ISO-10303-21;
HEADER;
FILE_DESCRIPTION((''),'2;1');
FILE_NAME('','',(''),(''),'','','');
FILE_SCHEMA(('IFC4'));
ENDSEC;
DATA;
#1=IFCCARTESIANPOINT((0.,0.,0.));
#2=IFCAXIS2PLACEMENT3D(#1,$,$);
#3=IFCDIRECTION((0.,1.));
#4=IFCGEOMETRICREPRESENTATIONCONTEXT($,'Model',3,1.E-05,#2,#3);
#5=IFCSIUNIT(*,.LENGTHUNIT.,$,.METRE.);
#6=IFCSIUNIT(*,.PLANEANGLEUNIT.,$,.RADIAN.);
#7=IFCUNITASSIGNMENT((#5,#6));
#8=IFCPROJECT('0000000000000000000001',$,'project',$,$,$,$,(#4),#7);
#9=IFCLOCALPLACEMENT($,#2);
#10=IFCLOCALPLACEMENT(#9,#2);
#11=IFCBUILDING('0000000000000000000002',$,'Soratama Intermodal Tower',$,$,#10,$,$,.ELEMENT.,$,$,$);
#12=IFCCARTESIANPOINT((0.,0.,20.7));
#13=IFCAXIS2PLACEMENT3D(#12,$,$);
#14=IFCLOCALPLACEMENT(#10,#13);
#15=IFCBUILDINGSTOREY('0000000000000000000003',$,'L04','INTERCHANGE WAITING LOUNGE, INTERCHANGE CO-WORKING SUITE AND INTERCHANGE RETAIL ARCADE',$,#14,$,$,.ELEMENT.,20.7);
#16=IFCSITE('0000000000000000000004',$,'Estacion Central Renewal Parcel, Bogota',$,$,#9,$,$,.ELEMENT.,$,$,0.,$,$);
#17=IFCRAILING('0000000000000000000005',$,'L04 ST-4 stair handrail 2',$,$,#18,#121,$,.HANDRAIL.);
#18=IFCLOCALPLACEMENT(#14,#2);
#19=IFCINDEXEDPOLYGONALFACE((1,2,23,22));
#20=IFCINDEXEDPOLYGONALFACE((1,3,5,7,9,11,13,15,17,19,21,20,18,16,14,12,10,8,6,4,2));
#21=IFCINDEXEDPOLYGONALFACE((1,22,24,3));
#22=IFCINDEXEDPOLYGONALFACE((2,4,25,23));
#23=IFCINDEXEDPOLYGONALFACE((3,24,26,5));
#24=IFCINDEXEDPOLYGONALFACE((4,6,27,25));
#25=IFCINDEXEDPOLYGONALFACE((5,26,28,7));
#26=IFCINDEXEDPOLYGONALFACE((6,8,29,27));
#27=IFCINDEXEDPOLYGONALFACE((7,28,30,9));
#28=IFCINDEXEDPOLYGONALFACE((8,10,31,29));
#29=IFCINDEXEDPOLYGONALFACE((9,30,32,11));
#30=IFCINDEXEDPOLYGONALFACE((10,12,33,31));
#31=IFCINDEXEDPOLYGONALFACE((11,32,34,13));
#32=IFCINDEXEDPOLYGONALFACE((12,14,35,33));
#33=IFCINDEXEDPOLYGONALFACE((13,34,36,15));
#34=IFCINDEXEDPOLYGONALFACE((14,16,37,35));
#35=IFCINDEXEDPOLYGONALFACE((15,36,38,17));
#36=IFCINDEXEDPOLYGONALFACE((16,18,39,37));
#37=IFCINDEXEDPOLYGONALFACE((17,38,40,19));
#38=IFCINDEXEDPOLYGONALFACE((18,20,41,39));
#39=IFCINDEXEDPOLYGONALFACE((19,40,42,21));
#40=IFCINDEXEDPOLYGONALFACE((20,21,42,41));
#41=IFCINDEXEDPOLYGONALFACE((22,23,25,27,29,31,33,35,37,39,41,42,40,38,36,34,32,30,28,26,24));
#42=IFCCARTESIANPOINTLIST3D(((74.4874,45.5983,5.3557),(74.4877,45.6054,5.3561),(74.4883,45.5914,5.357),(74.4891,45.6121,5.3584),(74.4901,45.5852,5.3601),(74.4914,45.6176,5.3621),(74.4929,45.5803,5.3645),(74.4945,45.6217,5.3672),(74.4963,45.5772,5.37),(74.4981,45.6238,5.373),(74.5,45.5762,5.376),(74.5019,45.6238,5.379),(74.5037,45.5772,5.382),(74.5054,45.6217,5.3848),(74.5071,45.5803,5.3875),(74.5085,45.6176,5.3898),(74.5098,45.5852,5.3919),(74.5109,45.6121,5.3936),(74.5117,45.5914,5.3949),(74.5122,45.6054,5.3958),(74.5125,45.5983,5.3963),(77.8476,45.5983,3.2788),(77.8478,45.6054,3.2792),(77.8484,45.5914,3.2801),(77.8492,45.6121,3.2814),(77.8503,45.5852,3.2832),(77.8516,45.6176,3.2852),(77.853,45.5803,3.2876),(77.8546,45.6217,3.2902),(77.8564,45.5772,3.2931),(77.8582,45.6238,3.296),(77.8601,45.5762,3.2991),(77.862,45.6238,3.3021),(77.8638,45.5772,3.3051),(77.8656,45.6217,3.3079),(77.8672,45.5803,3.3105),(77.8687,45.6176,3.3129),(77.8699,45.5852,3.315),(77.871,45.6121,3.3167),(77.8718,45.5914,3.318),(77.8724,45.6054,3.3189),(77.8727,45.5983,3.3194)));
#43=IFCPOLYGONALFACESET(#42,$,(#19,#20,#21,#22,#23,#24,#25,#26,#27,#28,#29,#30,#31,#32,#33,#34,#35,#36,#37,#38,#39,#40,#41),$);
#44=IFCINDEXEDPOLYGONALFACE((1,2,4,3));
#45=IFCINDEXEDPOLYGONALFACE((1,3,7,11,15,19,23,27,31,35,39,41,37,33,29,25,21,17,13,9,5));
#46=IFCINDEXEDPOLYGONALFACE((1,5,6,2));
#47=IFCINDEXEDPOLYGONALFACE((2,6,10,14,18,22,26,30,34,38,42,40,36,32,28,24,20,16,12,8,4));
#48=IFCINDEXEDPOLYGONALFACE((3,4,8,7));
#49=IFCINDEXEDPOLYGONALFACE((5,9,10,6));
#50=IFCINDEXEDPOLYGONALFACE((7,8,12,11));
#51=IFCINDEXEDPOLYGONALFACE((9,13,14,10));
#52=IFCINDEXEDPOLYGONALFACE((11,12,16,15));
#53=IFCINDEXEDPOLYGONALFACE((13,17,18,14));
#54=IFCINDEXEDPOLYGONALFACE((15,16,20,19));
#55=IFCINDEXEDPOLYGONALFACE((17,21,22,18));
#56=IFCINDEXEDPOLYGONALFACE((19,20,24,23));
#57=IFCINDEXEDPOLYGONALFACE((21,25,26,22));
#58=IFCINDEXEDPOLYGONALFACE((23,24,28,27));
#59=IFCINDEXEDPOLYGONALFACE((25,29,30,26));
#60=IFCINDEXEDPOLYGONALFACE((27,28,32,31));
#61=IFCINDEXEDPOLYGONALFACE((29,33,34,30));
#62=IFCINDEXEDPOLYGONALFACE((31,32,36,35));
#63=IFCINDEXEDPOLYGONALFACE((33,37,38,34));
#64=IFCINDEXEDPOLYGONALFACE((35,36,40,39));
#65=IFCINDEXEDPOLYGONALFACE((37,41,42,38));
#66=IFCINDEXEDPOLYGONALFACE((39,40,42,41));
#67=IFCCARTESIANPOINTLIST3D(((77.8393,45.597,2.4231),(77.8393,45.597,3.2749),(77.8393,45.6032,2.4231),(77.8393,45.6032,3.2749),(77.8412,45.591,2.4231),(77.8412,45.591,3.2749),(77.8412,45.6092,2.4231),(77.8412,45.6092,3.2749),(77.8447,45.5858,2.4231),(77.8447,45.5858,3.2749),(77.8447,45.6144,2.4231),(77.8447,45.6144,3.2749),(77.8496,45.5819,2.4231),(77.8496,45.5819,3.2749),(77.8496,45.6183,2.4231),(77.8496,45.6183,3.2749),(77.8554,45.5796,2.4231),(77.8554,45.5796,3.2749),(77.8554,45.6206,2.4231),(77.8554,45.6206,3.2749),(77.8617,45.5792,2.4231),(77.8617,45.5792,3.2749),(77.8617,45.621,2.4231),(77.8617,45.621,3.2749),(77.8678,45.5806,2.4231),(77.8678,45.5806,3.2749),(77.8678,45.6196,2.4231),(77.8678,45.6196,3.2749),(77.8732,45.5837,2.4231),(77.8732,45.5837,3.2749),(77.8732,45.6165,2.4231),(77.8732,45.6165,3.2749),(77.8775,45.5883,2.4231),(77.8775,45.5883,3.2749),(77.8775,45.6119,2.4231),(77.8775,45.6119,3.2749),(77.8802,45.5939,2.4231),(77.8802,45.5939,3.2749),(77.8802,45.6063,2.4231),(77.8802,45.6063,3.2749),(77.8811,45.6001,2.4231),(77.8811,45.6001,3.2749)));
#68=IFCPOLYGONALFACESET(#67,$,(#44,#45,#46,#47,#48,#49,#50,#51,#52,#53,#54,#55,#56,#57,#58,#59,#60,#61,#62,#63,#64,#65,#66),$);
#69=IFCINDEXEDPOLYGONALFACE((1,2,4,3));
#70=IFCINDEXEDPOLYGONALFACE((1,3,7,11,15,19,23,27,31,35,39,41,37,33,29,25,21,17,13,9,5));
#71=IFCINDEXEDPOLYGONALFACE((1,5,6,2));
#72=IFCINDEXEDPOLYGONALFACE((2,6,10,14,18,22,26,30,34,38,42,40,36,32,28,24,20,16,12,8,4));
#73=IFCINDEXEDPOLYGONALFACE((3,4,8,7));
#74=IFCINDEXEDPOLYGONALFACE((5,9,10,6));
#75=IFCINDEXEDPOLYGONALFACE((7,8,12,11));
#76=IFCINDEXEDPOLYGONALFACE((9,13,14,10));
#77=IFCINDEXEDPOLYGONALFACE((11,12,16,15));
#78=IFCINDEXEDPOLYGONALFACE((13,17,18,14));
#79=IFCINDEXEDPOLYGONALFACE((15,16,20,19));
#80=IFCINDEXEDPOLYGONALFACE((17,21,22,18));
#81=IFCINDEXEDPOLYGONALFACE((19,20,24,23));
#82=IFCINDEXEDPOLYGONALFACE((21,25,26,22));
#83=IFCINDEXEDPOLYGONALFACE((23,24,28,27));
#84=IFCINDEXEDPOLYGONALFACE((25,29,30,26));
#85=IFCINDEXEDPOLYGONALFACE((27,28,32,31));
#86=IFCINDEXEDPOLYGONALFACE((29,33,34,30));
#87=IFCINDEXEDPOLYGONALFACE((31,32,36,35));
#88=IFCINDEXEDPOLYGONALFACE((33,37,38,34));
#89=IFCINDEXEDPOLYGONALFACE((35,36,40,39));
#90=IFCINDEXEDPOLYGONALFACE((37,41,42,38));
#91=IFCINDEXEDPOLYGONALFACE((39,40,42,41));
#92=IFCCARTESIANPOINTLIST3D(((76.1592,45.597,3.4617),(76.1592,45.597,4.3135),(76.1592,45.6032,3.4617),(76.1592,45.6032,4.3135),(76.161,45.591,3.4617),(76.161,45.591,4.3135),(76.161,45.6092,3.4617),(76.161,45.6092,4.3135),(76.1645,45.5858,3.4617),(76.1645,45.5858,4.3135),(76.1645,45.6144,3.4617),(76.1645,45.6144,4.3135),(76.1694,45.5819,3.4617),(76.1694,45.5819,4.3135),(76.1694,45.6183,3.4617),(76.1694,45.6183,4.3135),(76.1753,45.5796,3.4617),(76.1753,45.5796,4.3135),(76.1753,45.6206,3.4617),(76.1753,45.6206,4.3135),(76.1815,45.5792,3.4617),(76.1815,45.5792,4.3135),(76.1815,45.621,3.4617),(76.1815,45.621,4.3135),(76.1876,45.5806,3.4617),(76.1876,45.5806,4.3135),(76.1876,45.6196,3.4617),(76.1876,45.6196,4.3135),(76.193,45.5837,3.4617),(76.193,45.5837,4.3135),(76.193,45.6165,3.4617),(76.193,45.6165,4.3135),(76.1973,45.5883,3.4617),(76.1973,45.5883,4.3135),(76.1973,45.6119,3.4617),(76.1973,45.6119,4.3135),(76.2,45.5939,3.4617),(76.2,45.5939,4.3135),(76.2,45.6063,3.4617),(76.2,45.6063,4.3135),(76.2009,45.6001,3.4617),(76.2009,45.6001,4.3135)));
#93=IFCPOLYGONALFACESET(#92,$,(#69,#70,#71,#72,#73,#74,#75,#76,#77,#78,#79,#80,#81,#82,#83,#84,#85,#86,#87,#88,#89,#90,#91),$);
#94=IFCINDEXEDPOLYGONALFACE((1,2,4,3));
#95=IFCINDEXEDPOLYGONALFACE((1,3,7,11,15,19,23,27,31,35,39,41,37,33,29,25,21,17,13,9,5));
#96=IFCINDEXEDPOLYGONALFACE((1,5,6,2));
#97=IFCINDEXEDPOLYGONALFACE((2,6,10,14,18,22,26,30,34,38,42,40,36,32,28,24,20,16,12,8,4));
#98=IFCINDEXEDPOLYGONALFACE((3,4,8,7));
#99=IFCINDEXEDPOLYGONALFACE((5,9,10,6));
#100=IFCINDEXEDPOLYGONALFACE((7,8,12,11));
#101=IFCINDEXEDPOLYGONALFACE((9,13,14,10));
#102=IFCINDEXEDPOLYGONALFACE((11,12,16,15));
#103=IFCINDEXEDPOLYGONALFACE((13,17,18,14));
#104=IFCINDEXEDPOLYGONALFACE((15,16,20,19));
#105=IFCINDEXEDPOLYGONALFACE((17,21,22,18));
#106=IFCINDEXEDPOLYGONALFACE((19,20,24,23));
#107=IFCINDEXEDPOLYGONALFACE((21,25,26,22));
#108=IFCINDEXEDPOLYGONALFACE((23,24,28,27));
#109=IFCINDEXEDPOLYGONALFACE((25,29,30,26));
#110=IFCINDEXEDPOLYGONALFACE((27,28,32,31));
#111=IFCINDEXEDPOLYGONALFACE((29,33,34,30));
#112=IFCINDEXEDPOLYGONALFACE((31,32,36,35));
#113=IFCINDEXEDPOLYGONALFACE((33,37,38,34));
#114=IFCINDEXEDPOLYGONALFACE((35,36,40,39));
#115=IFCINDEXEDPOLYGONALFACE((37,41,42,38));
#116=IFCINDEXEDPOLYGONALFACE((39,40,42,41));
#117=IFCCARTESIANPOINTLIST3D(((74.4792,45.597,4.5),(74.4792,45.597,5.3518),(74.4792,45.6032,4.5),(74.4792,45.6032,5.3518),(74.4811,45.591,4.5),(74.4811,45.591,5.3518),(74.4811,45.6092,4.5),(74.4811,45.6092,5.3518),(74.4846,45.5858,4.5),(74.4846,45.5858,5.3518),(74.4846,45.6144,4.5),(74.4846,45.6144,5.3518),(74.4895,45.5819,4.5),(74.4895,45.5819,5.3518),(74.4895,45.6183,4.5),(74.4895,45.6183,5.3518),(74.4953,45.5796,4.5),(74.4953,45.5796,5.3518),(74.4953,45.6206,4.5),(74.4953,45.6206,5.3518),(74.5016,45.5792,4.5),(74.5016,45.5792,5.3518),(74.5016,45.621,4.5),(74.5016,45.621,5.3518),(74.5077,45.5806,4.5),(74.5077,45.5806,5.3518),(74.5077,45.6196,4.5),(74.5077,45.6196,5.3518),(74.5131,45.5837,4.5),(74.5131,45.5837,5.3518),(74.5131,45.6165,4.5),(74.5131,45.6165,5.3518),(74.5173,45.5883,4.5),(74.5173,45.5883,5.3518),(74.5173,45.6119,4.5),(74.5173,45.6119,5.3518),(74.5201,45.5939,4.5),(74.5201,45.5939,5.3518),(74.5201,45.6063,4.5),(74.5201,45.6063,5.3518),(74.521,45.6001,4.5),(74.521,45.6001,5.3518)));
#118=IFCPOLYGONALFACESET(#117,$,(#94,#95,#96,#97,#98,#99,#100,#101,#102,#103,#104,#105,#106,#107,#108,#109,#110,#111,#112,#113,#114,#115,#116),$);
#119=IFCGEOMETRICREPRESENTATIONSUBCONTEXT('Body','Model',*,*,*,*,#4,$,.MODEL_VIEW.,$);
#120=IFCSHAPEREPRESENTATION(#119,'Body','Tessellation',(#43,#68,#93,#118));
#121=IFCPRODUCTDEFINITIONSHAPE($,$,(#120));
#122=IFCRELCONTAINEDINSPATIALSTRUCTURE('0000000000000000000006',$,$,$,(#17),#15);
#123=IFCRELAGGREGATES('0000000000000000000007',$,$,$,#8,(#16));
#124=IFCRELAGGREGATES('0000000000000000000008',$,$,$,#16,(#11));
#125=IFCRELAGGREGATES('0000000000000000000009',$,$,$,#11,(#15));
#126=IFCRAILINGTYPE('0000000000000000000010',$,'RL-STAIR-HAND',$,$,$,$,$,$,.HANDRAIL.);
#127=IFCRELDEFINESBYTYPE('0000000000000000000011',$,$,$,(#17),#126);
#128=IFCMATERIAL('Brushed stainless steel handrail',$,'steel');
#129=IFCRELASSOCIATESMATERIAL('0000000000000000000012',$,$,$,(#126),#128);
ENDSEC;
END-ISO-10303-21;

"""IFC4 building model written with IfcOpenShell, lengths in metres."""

from ifc_helpers import new_model, si_unit, direction, frame, origin, origin_2d, place, context, subcontext, project, spatial, circle, extrude, material, type_object, element, save


model = new_model("IFC4")

# Units and contexts
model_context = context("Model", 3, precision=1e-05, world=origin(), true_north=direction((0.0, 1.0)))
body_context = subcontext(model_context, "Body", "Model", "MODEL_VIEW")
ifc_project = project(units=[si_unit("LENGTHUNIT", "METRE"), si_unit("PLANEANGLEUNIT", "RADIAN")], contexts=[model_context])

# Site, building, storey
site_placement = place(None, origin())
site = spatial("IfcSite", under=ifc_project, at=site_placement, Name="Estacion Central Renewal Parcel, Bogota", CompositionType="ELEMENT", RefElevation=0.0)
building_placement = place(site_placement, origin())
building = spatial("IfcBuilding", under=site, at=building_placement, Name="Soratama Intermodal Tower", CompositionType="ELEMENT")
storey_placement = place(building_placement, frame((0.0, 0.0, 20.7)))
storey = spatial("IfcBuildingStorey", under=building, at=storey_placement, Name="L04", Description="INTERCHANGE WAITING LOUNGE, INTERCHANGE CO-WORKING SUITE AND INTERCHANGE RETAIL ARCADE", CompositionType="ELEMENT", Elevation=20.7)

# Railing
ifc_material_1 = material(Name="Brushed stainless steel handrail", Category="steel")
railing_type_1 = type_object("IfcRailingType", Name="RL-STAIR-HAND", PredefinedType="HANDRAIL", material=ifc_material_1)
railing_1_placement = place(storey_placement, frame((77.8601, 45.6001, 2.4231)))
element("IfcRailing", 1, at=railing_1_placement, inside=storey, type_object=railing_type_1, Name="L04 ST-4 stair handrail 2", PredefinedType="HANDRAIL", context=body_context, shape_type="SweptSolid", body=[
    extrude(circle(Radius=0.0239, at=origin_2d()), frame((0.0, 0.0, 0.876), z_axis=(-0.850623, 0.0, 0.525776), x_axis=(0.0, -1.0, 0.0)), (0.0, 0.0, 1.0), 3.9502),
    extrude(circle(Radius=0.021, at=origin_2d()), origin(), (0.0, 0.0, 1.0), 0.8518),
    extrude(circle(Radius=0.021, at=origin_2d()), frame((-1.6802, 0.0, 1.0386)), (0.0, 0.0, 1.0), 0.8518),
    extrude(circle(Radius=0.021, at=origin_2d()), frame((-3.3601, 0.0, 2.0769)), (0.0, 0.0, 1.0), 0.8518),
])

save(model, "model.ifc")
